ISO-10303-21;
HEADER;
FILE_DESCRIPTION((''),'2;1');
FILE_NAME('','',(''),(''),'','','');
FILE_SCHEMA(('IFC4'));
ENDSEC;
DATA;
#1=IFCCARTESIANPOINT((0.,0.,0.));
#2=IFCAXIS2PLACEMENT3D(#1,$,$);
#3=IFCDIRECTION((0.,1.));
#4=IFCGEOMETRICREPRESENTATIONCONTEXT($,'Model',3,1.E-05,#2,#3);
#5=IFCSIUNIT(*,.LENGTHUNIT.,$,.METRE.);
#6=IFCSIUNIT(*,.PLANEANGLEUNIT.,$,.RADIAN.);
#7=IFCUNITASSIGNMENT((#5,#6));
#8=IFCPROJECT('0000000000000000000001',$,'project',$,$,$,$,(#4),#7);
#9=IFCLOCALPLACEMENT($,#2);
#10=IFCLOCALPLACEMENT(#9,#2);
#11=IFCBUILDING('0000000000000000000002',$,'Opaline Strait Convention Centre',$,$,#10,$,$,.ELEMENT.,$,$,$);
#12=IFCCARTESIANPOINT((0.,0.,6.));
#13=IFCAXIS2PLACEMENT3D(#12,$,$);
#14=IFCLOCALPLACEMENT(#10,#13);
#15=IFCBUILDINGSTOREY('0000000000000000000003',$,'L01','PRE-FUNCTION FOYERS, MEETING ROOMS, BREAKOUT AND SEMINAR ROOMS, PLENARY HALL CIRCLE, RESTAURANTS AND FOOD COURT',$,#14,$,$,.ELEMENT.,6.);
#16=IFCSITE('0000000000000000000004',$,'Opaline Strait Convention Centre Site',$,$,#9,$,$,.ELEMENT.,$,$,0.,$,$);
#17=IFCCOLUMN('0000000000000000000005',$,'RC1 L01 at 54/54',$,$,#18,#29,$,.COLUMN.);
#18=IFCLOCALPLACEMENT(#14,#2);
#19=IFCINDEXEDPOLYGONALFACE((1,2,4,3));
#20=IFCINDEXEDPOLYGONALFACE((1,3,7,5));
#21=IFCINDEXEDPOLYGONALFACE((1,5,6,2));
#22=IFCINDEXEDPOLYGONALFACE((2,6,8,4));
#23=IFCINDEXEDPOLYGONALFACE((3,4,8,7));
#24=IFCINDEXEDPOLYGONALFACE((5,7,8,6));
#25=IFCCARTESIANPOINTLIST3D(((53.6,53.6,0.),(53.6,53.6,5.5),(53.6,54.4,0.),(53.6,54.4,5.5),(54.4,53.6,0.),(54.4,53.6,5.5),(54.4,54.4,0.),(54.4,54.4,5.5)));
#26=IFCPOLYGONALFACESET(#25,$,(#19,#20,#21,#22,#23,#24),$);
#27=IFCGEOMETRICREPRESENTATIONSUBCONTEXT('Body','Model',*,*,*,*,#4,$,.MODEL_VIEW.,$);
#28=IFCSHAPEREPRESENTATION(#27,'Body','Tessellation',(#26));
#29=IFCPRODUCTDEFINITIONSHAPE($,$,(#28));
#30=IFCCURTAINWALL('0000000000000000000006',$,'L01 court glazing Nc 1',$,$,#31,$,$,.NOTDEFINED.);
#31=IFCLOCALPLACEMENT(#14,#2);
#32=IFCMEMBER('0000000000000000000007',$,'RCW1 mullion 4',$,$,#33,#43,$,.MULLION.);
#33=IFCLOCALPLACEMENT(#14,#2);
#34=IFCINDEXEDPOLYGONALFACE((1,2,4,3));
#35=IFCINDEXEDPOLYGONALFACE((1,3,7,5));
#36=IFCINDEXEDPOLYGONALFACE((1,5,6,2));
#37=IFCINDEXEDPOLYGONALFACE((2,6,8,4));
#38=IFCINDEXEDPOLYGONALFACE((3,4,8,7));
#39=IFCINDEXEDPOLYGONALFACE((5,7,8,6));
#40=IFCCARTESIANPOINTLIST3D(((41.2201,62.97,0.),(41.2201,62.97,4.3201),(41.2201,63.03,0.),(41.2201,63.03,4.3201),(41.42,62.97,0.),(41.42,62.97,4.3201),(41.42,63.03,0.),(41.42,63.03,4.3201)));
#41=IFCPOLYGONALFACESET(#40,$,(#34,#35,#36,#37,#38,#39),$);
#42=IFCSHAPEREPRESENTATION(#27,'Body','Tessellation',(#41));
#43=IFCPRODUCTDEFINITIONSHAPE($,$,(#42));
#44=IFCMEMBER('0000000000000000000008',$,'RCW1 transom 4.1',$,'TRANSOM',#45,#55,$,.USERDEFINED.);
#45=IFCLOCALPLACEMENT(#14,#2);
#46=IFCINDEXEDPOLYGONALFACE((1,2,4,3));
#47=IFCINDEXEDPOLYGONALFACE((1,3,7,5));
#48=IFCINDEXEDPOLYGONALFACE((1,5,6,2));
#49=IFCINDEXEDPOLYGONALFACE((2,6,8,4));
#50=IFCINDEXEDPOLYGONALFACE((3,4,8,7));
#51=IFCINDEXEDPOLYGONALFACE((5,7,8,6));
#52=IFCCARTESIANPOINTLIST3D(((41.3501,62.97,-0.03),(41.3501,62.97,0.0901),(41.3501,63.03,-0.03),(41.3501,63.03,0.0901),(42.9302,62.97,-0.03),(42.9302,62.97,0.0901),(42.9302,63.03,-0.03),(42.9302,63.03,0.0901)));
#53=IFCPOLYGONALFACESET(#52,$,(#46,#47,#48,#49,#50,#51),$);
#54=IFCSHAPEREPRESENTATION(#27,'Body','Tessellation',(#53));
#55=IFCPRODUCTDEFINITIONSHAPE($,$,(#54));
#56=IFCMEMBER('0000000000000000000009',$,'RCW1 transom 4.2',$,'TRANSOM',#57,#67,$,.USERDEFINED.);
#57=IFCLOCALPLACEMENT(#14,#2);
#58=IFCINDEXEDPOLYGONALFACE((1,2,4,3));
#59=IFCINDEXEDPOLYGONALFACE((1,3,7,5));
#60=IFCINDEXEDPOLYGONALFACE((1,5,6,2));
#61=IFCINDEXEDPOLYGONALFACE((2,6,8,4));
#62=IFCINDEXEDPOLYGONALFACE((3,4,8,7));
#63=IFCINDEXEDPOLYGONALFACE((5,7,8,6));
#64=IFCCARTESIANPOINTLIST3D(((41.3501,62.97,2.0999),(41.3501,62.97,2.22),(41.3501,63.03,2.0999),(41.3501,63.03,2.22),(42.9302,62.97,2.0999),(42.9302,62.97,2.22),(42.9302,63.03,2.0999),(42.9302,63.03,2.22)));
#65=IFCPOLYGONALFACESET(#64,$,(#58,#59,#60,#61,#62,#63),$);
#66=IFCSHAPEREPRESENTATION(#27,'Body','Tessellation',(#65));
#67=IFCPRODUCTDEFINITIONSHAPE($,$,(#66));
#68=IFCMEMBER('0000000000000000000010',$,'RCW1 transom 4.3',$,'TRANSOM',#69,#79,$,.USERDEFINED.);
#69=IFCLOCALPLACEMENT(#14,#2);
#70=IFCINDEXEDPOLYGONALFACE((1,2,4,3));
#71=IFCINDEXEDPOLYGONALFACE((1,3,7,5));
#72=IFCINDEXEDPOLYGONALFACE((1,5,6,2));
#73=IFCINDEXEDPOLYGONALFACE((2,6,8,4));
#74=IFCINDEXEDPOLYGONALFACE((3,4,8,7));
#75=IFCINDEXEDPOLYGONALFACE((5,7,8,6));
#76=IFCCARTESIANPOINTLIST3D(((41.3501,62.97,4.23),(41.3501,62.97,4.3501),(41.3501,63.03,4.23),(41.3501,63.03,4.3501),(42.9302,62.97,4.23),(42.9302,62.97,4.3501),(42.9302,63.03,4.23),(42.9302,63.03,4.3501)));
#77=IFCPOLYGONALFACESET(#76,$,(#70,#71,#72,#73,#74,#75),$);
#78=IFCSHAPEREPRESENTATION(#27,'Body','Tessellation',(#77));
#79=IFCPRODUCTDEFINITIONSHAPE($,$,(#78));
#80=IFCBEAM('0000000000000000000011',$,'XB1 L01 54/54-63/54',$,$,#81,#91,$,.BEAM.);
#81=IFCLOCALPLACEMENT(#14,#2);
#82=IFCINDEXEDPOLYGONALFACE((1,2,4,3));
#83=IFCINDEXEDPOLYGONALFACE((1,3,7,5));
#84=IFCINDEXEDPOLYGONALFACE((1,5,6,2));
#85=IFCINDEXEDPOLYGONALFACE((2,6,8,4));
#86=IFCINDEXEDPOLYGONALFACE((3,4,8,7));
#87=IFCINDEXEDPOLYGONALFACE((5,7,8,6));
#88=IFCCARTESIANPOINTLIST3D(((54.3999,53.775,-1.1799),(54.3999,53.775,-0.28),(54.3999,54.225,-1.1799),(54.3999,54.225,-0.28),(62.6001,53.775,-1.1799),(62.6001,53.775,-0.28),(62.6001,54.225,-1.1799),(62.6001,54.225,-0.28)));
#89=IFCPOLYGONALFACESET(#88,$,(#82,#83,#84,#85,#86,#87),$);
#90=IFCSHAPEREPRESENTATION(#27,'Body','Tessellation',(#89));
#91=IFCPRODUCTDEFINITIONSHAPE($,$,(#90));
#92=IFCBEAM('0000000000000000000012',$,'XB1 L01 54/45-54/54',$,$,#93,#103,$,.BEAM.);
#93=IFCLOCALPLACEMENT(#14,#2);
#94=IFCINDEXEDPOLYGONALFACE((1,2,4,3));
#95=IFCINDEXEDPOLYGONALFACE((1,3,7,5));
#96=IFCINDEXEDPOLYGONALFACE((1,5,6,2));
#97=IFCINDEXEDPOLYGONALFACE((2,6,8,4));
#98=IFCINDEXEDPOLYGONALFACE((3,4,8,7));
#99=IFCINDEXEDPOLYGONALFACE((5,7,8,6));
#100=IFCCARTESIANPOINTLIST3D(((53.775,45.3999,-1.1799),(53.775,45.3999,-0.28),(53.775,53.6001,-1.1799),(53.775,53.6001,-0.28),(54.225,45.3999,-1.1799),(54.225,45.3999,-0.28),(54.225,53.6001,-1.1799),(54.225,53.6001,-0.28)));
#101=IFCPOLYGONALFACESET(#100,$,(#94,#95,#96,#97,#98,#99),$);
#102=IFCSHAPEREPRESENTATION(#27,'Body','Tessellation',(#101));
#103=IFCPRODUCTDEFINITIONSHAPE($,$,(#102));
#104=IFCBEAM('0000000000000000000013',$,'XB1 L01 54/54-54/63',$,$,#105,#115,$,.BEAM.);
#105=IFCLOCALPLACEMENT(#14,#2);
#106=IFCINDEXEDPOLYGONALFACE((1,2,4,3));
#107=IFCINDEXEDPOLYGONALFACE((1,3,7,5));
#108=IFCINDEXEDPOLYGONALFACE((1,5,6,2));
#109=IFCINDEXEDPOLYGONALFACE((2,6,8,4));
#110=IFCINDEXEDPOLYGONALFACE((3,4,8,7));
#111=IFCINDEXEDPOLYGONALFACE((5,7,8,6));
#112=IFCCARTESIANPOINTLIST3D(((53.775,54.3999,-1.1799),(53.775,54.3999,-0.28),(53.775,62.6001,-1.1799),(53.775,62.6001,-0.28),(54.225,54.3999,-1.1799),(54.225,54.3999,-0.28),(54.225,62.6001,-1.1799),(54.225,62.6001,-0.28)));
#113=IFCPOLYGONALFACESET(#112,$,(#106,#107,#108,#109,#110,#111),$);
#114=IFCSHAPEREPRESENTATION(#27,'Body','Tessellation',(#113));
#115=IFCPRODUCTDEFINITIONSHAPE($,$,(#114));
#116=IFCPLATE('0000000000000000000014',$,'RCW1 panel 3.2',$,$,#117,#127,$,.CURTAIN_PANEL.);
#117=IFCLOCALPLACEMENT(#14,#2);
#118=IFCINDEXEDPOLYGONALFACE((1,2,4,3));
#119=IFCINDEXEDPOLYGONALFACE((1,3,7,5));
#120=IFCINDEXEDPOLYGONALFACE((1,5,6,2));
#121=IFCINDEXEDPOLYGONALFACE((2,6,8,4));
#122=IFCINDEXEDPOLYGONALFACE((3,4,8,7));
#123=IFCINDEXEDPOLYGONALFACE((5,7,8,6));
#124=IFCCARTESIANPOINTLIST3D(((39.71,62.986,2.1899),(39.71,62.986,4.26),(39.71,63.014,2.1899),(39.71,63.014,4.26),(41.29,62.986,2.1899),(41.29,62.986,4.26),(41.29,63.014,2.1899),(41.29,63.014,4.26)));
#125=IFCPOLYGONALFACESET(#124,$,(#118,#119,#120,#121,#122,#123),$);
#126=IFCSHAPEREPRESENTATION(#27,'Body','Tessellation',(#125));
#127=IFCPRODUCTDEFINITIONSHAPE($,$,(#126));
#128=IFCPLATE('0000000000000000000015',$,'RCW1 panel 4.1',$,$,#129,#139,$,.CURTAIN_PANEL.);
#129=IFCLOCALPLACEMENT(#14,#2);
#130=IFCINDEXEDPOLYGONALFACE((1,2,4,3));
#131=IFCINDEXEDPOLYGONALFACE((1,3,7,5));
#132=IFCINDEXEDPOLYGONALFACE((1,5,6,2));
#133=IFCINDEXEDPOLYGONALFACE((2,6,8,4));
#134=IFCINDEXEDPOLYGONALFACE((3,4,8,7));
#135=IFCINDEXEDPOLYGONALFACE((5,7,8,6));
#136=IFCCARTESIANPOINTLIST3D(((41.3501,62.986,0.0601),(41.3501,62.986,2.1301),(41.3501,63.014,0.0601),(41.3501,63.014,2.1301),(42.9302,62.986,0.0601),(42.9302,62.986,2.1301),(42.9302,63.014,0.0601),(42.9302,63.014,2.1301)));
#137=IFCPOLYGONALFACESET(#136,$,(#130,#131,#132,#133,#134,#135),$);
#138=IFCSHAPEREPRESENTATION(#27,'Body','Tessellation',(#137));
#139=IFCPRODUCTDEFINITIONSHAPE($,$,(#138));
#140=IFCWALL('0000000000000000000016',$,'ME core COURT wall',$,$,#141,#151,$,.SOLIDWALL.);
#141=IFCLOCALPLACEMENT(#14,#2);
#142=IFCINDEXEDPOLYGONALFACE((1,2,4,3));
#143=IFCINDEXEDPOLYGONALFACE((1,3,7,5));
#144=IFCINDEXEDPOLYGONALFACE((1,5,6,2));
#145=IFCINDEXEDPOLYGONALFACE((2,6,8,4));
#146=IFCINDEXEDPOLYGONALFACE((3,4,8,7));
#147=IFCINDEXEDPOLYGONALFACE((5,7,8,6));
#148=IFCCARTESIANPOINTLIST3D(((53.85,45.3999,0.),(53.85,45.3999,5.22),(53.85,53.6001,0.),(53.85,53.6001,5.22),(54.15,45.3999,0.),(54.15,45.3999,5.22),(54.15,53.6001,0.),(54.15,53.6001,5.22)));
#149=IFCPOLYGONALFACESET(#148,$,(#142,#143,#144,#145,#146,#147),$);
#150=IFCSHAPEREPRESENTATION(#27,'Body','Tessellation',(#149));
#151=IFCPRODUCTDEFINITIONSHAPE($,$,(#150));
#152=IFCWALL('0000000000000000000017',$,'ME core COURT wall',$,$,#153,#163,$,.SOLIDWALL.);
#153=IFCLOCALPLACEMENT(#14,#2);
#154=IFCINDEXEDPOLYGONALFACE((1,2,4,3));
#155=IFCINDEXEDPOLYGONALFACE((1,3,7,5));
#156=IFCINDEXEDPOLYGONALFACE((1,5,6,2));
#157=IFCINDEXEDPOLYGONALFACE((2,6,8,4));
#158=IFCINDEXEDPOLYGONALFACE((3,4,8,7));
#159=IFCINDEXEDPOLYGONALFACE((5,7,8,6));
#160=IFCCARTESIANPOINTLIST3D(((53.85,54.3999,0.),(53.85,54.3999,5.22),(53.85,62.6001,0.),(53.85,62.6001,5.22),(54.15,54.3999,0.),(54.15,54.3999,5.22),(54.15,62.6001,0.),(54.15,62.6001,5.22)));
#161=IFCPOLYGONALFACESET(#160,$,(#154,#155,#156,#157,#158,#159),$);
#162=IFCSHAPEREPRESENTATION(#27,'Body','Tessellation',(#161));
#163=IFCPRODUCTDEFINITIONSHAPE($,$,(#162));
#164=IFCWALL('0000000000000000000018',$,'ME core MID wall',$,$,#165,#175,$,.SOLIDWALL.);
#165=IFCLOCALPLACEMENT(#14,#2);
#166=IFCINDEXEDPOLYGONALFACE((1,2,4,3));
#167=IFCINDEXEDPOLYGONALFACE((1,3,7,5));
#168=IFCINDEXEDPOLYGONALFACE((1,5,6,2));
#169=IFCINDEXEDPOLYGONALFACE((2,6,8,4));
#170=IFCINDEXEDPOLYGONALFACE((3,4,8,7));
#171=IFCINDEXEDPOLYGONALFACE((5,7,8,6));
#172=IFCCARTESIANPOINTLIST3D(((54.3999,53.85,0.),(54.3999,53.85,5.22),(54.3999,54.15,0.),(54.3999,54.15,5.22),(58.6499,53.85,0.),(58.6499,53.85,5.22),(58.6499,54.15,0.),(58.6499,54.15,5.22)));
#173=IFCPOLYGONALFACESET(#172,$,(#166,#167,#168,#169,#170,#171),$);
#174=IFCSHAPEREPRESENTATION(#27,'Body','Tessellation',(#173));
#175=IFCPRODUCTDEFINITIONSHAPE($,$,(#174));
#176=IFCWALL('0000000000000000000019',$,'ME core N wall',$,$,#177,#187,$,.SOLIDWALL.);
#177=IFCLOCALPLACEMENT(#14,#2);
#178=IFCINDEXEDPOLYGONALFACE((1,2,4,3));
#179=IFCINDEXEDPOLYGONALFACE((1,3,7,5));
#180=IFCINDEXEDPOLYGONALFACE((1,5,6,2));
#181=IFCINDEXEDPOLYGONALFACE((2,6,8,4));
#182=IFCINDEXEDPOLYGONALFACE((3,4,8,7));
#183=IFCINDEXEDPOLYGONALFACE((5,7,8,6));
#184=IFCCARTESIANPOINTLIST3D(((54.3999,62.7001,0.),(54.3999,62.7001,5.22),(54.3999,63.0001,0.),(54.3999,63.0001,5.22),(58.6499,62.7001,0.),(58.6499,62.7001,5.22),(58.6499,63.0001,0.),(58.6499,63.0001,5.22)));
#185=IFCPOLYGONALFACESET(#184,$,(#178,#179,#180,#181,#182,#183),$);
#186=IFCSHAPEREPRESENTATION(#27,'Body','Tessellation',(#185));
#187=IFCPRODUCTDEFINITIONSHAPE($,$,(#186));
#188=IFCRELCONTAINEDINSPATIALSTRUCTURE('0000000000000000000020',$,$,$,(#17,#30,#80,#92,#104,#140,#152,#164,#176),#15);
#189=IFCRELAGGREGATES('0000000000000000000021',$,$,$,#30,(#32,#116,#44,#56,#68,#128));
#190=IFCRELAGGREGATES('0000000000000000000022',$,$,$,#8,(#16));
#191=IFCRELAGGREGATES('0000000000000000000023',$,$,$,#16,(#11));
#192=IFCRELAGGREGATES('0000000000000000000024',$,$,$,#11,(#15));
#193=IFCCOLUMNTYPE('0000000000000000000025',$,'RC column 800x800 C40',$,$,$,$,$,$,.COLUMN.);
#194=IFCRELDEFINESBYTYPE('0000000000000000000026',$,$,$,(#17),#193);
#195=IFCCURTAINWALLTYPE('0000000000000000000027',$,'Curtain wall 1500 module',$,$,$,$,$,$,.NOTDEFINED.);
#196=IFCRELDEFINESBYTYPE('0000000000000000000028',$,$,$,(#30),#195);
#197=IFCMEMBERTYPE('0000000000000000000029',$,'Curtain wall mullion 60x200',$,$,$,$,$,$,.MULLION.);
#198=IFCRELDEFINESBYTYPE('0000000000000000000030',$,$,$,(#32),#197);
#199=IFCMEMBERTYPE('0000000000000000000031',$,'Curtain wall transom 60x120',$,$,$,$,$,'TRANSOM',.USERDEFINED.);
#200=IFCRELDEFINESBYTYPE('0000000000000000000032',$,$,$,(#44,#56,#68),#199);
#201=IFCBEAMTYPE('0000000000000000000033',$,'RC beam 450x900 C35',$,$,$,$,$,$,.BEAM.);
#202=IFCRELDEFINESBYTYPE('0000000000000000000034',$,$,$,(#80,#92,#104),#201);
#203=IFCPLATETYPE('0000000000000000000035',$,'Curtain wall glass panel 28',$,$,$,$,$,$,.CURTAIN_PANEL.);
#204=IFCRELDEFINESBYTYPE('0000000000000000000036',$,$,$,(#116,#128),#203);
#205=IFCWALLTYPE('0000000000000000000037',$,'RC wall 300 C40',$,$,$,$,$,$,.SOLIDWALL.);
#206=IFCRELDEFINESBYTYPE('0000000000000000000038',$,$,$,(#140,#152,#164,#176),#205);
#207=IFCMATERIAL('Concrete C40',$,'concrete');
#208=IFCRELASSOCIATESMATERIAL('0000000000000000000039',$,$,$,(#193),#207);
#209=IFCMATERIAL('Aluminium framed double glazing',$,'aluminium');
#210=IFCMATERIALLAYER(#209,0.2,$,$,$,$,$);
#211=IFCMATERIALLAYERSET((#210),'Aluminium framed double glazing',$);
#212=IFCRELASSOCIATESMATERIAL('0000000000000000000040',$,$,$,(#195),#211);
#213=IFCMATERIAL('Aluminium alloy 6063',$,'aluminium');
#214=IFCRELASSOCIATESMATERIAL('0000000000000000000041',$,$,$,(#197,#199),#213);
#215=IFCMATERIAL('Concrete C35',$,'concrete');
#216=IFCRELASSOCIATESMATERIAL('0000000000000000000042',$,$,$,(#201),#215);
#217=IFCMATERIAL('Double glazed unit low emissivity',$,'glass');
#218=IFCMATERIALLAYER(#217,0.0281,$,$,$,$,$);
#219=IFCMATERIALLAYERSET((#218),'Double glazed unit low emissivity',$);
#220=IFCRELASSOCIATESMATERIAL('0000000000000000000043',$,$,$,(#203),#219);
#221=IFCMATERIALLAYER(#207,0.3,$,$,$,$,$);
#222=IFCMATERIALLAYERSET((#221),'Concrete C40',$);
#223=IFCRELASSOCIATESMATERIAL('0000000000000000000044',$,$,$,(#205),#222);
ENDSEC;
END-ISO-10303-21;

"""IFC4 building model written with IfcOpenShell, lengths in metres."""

from ifc_helpers import new_model, si_unit, direction, frame, frame_2d, origin, origin_2d, place, context, subcontext, project, spatial, rectangle, extrude, material, layer, layer_set, material_profile, profile_set, type_object, element, aggregate, save


model = new_model("IFC4")

# Units and contexts
model_context = context("Model", 3, precision=1e-05, world=origin(), true_north=direction((0.0, 1.0)))
body_context = subcontext(model_context, "Body", "Model", "MODEL_VIEW")
ifc_project = project(units=[si_unit("LENGTHUNIT", "METRE"), si_unit("PLANEANGLEUNIT", "RADIAN")], contexts=[model_context])

# Site, building, storey
site_placement = place(None, origin())
site = spatial("IfcSite", under=ifc_project, at=site_placement, Name="Opaline Strait Convention Centre Site", CompositionType="ELEMENT", RefElevation=0.0)
building_placement = place(site_placement, origin())
building = spatial("IfcBuilding", under=site, at=building_placement, Name="Opaline Strait Convention Centre", CompositionType="ELEMENT")
storey_placement = place(building_placement, frame((0.0, 0.0, 6.0)))
storey = spatial("IfcBuildingStorey", under=building, at=storey_placement, Name="L01", Description="PRE-FUNCTION FOYERS, MEETING ROOMS, BREAKOUT AND SEMINAR ROOMS, PLENARY HALL CIRCLE, RESTAURANTS AND FOOD COURT", CompositionType="ELEMENT", Elevation=6.0)

# Column
ifc_material_1 = material(Name="Concrete C40", Category="concrete")
ifc_material_profile_1 = material_profile(ifc_material_1, rectangle(XDim=0.8, YDim=0.8, at=origin_2d()), Name="RC 800x800")
ifc_profile_set_1 = profile_set([ifc_material_profile_1], Name="Concrete C40")
column_type = type_object("IfcColumnType", Name="RC column 800x800 C40", PredefinedType="COLUMN", material=ifc_profile_set_1)
column_placement = place(storey_placement, frame((54.0, 54.0, 0.0), z_axis=(0.0, 0.0, 1.0), x_axis=(1.0, 0.0, 0.0)))
element("IfcColumn", 1, at=column_placement, inside=storey, type_object=column_type, Name="RC1 L01 at 54/54", PredefinedType="COLUMN", context=body_context, shape_type="SweptSolid", body=[
    extrude(rectangle(XDim=0.8, YDim=0.8, at=origin_2d()), origin(), (0.0, 0.0, 1.0), 5.5),
])

# Curtain wall, members
ifc_material_2 = material(Name="Aluminium framed double glazing", Category="aluminium")
ifc_layer_1 = layer(ifc_material_2, 0.2)
ifc_layer_set_1 = layer_set([ifc_layer_1], Name="Aluminium framed double glazing")
curtain_wall_type = type_object("IfcCurtainWallType", Name="Curtain wall 1500 module", PredefinedType="NOTDEFINED", material=ifc_layer_set_1)
curtain_wall_placement = place(storey_placement, origin())
curtain_wall = element("IfcCurtainWall", 2, at=curtain_wall_placement, inside=storey, type_object=curtain_wall_type, Name="L01 court glazing Nc 1", PredefinedType="NOTDEFINED")
ifc_material_3 = material(Name="Aluminium alloy 6063", Category="aluminium")
ifc_material_profile_2 = material_profile(ifc_material_3, rectangle(XDim=0.0601, YDim=0.2, at=origin_2d()), Name="Curtain wall mullion 60x200")
ifc_profile_set_2 = profile_set([ifc_material_profile_2], Name="Aluminium alloy 6063")
member_type_1 = type_object("IfcMemberType", Name="Curtain wall mullion 60x200", PredefinedType="MULLION", material=ifc_profile_set_2)
member_1_placement = place(storey_placement, frame((41.3201, 63.0, 0.0), z_axis=(0.0, 0.0, 1.0), x_axis=(0.0, 1.0, 0.0)))
member_1 = element("IfcMember", 3, at=member_1_placement, type_object=member_type_1, Name="RCW1 mullion 4", PredefinedType="MULLION", context=body_context, shape_type="SweptSolid", body=[
    extrude(rectangle(XDim=0.0601, YDim=0.2, at=origin_2d()), origin(), (0.0, 0.0, 1.0), 4.3201),
])
ifc_material_profile_3 = material_profile(ifc_material_3, rectangle(XDim=0.0601, YDim=0.1201, at=origin_2d()), Name="Curtain wall transom 60x120")
ifc_profile_set_3 = profile_set([ifc_material_profile_3], Name="Aluminium alloy 6063")
member_type_2 = type_object("IfcMemberType", Name="Curtain wall transom 60x120", ElementType="TRANSOM", PredefinedType="USERDEFINED", material=ifc_profile_set_3)
member_2_placement = place(storey_placement, frame((41.3501, 63.0, 0.03), z_axis=(1.0, 0.0, 0.0), x_axis=(0.0, 1.0, 0.0)))
member_2 = element("IfcMember", 4, at=member_2_placement, type_object=member_type_2, Name="RCW1 transom 4.1", ObjectType="TRANSOM", PredefinedType="USERDEFINED", context=body_context, shape_type="SweptSolid", body=[
    extrude(rectangle(XDim=0.0601, YDim=0.1201, at=origin_2d()), origin(), (0.0, 0.0, 1.0), 1.5801),
])
member_3_placement = place(storey_placement, frame((41.3501, 63.0, 2.1599), z_axis=(1.0, 0.0, 0.0), x_axis=(0.0, 1.0, 0.0)))
member_3 = element("IfcMember", 5, at=member_3_placement, type_object=member_type_2, Name="RCW1 transom 4.2", ObjectType="TRANSOM", PredefinedType="USERDEFINED", context=body_context, shape_type="SweptSolid", body=[
    extrude(rectangle(XDim=0.0601, YDim=0.1201, at=origin_2d()), origin(), (0.0, 0.0, 1.0), 1.5801),
])
member_4_placement = place(storey_placement, frame((41.3501, 63.0, 4.29), z_axis=(1.0, 0.0, 0.0), x_axis=(0.0, 1.0, 0.0)))
member_4 = element("IfcMember", 6, at=member_4_placement, type_object=member_type_2, Name="RCW1 transom 4.3", ObjectType="TRANSOM", PredefinedType="USERDEFINED", context=body_context, shape_type="SweptSolid", body=[
    extrude(rectangle(XDim=0.0601, YDim=0.1201, at=origin_2d()), origin(), (0.0, 0.0, 1.0), 1.5801),
])

# Beams
ifc_material_4 = material(Name="Concrete C35", Category="concrete")
ifc_material_profile_4 = material_profile(ifc_material_4, rectangle(XDim=0.45, YDim=0.8999, at=origin_2d()), Name="RC 450x900")
ifc_profile_set_4 = profile_set([ifc_material_profile_4], Name="Concrete C35")
beam_type = type_object("IfcBeamType", Name="RC beam 450x900 C35", PredefinedType="BEAM", material=ifc_profile_set_4)
for number, where, z_axis, x_axis, name in (
    (7, (54.3999, 54.0, -0.73), (1.0, 0.0, 0.0), (0.0, 1.0, 0.0), "XB1 L01 54/54-63/54"),
    (8, (54.0, 45.3999, -0.73), (0.0, 1.0, 0.0), (-1.0, 0.0, 0.0), "XB1 L01 54/45-54/54"),
    (9, (54.0, 54.3999, -0.73), (0.0, 1.0, 0.0), (-1.0, 0.0, 0.0), "XB1 L01 54/54-54/63"),
):
    element("IfcBeam", number, at=place(storey_placement, frame(where, z_axis=z_axis, x_axis=x_axis)), inside=storey, type_object=beam_type, Name=name, PredefinedType="BEAM", context=body_context, shape_type="SweptSolid", body=[
        extrude(rectangle(XDim=0.45, YDim=0.8999, at=origin_2d()), origin(), (0.0, 0.0, 1.0), 8.2002),
    ])

# Plates
ifc_material_5 = material(Name="Double glazed unit low emissivity", Category="glass")
ifc_layer_2 = layer(ifc_material_5, 0.0281)
ifc_layer_set_2 = layer_set([ifc_layer_2], Name="Double glazed unit low emissivity")
plate_type = type_object("IfcPlateType", Name="Curtain wall glass panel 28", PredefinedType="CURTAIN_PANEL", material=ifc_layer_set_2)
plate_1_placement = place(storey_placement, frame((40.5, 63.0, 2.1899), z_axis=(0.0, 0.0, 1.0), x_axis=(1.0, 0.0, 0.0)))
plate_1 = element("IfcPlate", 10, at=plate_1_placement, type_object=plate_type, Name="RCW1 panel 3.2", PredefinedType="CURTAIN_PANEL", context=body_context, shape_type="SweptSolid", body=[
    extrude(rectangle(XDim=1.5801, YDim=0.0281, at=origin_2d()), origin(), (0.0, 0.0, 1.0), 2.0701),
])
plate_2_placement = place(storey_placement, frame((42.1401, 63.0, 0.0601), z_axis=(0.0, 0.0, 1.0), x_axis=(1.0, 0.0, 0.0)))
plate_2 = element("IfcPlate", 11, at=plate_2_placement, type_object=plate_type, Name="RCW1 panel 4.1", PredefinedType="CURTAIN_PANEL", context=body_context, shape_type="SweptSolid", body=[
    extrude(rectangle(XDim=1.5801, YDim=0.0281, at=origin_2d()), origin(), (0.0, 0.0, 1.0), 2.0701),
])
aggregate(curtain_wall, [member_1, plate_1, member_2, member_3, member_4, plate_2])

# Walls
ifc_layer_3 = layer(ifc_material_1, 0.3)
ifc_layer_set_3 = layer_set([ifc_layer_3], Name="Concrete C40")
wall_type = type_object("IfcWallType", Name="RC wall 300 C40", PredefinedType="SOLIDWALL", material=ifc_layer_set_3)
for number, where, z_axis, x_axis, name in (
    (12, (54.0, 45.3999, 0.0), (0.0, 0.0, 1.0), (0.0, 1.0, 0.0), "ME core COURT wall"),
    (13, (54.0, 54.3999, 0.0), (0.0, 0.0, 1.0), (0.0, 1.0, 0.0), "ME core COURT wall"),
):
    element("IfcWall", number, at=place(storey_placement, frame(where, z_axis=z_axis, x_axis=x_axis)), inside=storey, type_object=wall_type, Name=name, PredefinedType="SOLIDWALL", context=body_context, shape_type="SweptSolid", body=[
        extrude(rectangle(XDim=8.2002, YDim=0.3, at=frame_2d((4.1001, 0.0))), origin(), (0.0, 0.0, 1.0), 5.22),
    ])
for number, where, z_axis, x_axis, name in (
    (14, (54.3999, 54.0, 0.0), (0.0, 0.0, 1.0), (1.0, 0.0, 0.0), "ME core MID wall"),
    (15, (54.3999, 62.8501, 0.0), (0.0, 0.0, 1.0), (1.0, 0.0, 0.0), "ME core N wall"),
):
    element("IfcWall", number, at=place(storey_placement, frame(where, z_axis=z_axis, x_axis=x_axis)), inside=storey, type_object=wall_type, Name=name, PredefinedType="SOLIDWALL", context=body_context, shape_type="SweptSolid", body=[
        extrude(rectangle(XDim=4.25, YDim=0.3, at=frame_2d((2.125, 0.0))), origin(), (0.0, 0.0, 1.0), 5.22),
    ])

save(model, "model.ifc")
